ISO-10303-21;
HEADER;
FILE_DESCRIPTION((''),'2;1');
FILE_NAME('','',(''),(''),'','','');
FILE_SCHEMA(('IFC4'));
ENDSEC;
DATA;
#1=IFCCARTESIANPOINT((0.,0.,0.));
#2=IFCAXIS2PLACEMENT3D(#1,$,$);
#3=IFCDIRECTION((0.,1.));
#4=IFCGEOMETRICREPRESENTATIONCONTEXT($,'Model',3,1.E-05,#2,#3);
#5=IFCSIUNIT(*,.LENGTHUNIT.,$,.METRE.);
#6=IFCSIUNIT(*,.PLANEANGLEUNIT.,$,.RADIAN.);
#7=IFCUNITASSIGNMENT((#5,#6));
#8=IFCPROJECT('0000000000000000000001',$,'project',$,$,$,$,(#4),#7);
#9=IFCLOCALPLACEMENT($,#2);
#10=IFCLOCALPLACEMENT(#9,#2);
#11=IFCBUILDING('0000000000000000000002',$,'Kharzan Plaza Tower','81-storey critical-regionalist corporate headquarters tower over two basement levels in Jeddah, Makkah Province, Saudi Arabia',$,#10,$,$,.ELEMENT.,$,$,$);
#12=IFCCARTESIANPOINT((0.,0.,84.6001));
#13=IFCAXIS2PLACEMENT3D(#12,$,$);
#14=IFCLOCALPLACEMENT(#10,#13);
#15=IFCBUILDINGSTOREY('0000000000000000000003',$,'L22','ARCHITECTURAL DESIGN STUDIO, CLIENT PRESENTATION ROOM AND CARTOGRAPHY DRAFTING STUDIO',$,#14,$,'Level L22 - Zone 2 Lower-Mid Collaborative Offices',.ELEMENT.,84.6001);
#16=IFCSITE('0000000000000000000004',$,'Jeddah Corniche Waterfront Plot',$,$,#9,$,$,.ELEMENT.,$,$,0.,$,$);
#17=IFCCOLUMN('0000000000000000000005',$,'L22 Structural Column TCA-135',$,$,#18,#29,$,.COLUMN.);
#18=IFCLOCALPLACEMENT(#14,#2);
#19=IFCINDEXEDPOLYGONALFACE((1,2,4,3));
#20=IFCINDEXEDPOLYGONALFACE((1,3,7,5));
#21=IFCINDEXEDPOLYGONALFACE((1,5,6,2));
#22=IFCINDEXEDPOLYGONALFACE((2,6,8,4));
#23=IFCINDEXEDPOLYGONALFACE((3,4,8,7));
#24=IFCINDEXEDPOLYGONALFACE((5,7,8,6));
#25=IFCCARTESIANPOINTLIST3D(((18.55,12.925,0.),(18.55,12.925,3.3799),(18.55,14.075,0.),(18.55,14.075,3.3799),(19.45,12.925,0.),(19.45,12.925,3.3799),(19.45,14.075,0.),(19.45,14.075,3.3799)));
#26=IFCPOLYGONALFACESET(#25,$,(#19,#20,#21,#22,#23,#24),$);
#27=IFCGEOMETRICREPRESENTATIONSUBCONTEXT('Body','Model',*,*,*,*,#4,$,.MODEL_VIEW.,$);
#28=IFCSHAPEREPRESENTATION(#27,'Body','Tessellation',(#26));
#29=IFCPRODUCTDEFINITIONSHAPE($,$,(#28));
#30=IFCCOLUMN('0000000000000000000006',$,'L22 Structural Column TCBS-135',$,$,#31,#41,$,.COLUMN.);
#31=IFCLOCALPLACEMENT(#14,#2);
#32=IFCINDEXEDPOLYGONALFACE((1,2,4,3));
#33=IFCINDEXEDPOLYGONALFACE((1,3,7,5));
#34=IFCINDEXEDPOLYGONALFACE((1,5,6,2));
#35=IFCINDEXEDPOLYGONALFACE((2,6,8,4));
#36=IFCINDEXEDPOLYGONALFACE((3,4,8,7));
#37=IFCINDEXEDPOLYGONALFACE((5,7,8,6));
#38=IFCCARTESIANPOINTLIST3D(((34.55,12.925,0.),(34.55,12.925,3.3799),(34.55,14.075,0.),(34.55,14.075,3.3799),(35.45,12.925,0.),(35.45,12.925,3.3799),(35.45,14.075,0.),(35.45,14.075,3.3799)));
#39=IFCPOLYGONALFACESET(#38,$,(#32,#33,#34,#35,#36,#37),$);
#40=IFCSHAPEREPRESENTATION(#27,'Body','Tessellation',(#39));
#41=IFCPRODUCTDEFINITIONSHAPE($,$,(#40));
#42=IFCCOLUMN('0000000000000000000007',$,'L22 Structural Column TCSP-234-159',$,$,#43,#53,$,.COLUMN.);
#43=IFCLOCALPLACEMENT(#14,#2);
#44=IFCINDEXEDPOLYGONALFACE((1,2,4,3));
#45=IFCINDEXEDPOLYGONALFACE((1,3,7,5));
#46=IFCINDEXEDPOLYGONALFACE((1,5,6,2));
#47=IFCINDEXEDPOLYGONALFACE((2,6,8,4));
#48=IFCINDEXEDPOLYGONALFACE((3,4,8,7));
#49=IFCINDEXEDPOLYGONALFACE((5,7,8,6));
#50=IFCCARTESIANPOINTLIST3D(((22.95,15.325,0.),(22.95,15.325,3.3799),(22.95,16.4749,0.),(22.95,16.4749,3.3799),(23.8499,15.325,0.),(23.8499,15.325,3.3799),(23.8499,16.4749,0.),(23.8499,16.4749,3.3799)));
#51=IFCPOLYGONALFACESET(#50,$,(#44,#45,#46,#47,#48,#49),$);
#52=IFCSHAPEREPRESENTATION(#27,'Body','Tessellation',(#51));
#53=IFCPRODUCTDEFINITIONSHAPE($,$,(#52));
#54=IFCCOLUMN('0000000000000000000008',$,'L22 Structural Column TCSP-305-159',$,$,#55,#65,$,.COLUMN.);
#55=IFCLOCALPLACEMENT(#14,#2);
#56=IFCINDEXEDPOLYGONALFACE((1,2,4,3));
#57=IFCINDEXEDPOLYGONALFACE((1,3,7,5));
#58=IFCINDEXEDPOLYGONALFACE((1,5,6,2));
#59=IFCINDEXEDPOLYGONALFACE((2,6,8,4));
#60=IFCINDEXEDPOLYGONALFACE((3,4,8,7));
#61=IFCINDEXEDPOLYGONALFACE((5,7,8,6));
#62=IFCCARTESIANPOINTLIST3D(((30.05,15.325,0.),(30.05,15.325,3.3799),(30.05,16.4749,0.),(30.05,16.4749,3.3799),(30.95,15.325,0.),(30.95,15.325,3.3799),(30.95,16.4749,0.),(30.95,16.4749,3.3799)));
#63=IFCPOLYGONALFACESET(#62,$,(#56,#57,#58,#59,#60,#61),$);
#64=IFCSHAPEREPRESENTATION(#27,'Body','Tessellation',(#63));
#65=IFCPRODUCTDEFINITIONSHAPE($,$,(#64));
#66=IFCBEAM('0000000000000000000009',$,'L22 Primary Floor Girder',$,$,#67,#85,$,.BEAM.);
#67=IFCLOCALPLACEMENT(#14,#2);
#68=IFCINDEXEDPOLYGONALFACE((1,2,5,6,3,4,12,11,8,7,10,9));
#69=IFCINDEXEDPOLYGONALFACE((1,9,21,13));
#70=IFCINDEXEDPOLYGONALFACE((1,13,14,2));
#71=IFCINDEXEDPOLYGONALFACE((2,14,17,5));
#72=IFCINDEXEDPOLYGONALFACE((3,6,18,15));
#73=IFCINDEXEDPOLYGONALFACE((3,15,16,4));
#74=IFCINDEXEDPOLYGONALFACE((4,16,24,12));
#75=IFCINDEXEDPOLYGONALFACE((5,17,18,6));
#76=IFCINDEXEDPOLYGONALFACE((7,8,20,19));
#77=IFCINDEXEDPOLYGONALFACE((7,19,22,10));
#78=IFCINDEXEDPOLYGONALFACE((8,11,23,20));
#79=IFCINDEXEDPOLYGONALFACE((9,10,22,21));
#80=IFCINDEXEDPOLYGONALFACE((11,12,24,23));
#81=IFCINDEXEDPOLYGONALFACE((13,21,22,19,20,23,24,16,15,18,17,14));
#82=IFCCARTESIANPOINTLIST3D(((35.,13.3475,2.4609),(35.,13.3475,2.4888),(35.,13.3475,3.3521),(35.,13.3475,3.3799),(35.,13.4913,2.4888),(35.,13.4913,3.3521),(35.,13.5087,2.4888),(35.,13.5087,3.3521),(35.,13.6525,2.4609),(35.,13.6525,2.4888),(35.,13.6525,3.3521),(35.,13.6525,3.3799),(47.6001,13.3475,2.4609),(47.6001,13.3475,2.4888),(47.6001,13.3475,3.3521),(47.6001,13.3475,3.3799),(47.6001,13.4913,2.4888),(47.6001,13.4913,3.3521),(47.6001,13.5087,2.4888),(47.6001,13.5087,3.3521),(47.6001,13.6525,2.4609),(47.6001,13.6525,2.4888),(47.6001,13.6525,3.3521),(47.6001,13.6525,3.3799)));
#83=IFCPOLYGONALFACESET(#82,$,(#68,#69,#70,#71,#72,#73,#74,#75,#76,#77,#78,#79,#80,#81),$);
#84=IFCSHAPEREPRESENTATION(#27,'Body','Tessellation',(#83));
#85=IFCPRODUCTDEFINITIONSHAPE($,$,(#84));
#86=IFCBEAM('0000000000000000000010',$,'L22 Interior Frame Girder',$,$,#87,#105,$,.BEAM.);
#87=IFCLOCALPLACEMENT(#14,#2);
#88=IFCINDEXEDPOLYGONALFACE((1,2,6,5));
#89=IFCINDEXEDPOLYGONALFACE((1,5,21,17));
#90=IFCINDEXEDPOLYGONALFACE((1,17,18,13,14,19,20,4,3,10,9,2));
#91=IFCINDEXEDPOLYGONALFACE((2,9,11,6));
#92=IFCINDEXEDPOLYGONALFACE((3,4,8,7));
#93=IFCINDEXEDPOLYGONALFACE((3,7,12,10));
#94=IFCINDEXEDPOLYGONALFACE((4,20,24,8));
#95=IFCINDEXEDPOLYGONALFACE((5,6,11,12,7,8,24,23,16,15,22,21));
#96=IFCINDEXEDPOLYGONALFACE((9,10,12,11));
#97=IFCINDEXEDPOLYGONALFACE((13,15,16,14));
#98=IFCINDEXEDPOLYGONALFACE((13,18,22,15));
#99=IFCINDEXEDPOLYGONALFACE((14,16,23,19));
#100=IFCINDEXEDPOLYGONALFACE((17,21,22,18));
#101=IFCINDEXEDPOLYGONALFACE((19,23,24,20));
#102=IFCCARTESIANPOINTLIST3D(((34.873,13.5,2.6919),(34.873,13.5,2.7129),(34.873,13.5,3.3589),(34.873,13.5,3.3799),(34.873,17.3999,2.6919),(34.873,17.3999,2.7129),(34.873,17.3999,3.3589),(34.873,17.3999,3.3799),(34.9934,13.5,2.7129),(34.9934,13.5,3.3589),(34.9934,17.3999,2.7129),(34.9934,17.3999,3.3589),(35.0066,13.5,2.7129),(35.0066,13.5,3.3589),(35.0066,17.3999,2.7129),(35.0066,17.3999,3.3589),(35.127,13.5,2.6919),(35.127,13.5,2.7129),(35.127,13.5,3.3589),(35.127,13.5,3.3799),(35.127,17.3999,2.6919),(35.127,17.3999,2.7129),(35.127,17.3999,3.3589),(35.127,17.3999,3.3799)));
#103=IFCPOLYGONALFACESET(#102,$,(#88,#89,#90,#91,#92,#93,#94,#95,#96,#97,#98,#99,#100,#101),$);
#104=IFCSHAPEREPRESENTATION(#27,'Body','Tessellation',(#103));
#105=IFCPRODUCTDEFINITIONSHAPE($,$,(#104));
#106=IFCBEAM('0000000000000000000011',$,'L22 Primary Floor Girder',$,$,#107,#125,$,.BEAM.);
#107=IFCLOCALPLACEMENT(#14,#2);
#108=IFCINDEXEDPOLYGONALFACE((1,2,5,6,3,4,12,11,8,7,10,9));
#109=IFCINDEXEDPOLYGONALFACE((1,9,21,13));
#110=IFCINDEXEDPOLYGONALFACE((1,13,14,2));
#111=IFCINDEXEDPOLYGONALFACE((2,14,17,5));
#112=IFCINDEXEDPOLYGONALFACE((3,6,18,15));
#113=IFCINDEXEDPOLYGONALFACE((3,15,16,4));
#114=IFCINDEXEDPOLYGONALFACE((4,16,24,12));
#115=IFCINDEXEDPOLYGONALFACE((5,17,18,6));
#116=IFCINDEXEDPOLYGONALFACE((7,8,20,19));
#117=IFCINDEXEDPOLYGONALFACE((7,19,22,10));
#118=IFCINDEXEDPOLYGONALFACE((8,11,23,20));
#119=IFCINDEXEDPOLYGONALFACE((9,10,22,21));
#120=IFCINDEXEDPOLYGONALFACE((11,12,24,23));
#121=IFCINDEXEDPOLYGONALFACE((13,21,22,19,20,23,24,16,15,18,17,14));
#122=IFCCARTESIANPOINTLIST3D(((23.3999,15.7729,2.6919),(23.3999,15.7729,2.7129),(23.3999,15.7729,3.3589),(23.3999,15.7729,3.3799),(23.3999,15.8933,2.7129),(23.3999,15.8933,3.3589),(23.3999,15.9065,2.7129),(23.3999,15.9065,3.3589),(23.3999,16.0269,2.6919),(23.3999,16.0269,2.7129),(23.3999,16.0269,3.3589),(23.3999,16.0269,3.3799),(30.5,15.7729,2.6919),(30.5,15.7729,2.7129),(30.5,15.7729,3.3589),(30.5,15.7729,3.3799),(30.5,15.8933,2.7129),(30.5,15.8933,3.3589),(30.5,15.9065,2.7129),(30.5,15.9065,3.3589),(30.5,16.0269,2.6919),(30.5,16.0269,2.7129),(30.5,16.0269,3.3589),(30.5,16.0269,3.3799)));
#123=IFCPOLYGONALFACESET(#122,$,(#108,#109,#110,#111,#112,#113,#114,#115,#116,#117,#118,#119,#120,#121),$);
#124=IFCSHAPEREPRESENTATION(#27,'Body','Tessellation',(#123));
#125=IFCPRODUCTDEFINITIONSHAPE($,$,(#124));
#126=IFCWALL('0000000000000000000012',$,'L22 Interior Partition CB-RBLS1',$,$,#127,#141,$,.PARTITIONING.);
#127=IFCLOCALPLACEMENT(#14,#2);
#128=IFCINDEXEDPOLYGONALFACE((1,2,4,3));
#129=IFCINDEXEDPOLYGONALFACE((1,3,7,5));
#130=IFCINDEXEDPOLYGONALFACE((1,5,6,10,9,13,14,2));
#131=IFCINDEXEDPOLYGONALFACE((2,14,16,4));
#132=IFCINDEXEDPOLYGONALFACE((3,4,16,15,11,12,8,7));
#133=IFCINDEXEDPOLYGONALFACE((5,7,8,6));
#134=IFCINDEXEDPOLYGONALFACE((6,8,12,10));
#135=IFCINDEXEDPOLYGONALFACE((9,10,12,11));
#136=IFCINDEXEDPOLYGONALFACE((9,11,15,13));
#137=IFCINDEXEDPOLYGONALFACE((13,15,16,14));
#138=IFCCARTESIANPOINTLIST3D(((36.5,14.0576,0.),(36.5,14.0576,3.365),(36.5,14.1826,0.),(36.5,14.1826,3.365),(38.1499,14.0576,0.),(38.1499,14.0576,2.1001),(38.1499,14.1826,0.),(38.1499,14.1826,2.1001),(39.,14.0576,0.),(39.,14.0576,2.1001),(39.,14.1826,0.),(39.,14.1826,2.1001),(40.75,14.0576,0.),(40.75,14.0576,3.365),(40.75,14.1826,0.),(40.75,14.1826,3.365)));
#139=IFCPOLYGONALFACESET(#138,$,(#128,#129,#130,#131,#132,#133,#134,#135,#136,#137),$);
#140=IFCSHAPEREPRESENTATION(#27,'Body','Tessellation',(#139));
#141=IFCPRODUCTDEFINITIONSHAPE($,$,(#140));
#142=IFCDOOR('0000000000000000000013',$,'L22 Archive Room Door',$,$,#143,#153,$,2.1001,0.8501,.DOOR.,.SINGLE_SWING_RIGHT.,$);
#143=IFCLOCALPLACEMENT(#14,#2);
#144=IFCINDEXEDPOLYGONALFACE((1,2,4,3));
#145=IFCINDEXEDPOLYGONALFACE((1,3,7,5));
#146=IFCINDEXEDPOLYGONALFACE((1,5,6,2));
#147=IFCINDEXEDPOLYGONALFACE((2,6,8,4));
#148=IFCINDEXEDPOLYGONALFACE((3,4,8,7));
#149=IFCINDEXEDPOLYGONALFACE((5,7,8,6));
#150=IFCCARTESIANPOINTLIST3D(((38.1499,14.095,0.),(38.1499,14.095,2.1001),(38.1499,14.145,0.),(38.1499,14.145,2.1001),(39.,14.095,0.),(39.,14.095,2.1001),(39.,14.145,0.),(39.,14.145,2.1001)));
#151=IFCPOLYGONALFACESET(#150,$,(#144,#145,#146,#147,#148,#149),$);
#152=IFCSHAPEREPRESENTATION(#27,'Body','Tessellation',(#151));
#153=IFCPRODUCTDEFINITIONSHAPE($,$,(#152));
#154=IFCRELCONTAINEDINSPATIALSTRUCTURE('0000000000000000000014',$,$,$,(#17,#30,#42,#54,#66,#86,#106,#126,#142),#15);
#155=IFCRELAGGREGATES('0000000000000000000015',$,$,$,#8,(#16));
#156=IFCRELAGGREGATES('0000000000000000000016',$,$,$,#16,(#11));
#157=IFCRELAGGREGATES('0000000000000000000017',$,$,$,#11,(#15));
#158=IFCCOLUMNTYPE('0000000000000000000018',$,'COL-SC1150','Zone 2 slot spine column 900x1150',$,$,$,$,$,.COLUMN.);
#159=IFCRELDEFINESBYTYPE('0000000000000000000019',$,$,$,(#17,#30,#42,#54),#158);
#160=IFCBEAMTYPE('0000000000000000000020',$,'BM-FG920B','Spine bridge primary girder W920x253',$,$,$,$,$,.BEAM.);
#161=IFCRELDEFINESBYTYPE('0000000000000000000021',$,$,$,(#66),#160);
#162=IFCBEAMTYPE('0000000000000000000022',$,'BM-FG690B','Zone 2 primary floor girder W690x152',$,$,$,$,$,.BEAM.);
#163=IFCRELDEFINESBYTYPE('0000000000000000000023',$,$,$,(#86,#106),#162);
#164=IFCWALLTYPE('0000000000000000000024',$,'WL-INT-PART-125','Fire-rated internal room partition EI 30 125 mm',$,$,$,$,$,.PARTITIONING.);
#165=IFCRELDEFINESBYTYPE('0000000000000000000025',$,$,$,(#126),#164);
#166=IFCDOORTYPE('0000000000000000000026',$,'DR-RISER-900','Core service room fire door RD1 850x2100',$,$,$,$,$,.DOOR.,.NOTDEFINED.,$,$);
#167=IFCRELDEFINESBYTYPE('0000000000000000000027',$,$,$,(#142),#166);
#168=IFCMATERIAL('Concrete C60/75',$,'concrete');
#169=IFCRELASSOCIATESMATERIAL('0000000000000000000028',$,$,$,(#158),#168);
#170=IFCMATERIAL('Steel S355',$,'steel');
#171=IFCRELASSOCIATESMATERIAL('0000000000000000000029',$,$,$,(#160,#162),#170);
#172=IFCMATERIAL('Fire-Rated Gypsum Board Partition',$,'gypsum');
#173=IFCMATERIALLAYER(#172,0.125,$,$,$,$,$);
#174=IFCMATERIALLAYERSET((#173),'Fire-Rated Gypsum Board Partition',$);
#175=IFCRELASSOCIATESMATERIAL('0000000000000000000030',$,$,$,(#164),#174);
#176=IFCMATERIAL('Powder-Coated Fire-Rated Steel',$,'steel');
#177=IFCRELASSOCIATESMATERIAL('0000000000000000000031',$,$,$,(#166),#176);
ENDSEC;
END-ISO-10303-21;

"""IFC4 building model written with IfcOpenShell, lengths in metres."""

from ifc_helpers import new_model, si_unit, direction, frame, frame_2d, origin, origin_2d, place, context, subcontext, project, spatial, rectangle, i_section, extrude, source, transform, mapped, material, layer, layer_set, material_profile, profile_set, type_object, element, fill, save


model = new_model("IFC4")

# Units and contexts
model_context = context("Model", 3, precision=1e-05, world=origin(), true_north=direction((0.0, 1.0)))
body_context = subcontext(model_context, "Body", "Model", "MODEL_VIEW")
ifc_project = project(units=[si_unit("LENGTHUNIT", "METRE"), si_unit("PLANEANGLEUNIT", "RADIAN")], contexts=[model_context])

# Site, building, storey
site_placement = place(None, origin())
site = spatial("IfcSite", under=ifc_project, at=site_placement, Name="Jeddah Corniche Waterfront Plot", CompositionType="ELEMENT", RefElevation=0.0)
building_placement = place(site_placement, origin())
building = spatial("IfcBuilding", under=site, at=building_placement, Name="Kharzan Plaza Tower", Description="81-storey critical-regionalist corporate headquarters tower over two basement levels in Jeddah, Makkah Province, Saudi Arabia", CompositionType="ELEMENT")
storey_placement = place(building_placement, frame((0.0, 0.0, 84.6001)))
storey = spatial("IfcBuildingStorey", under=building, at=storey_placement, Name="L22", Description="ARCHITECTURAL DESIGN STUDIO, CLIENT PRESENTATION ROOM AND CARTOGRAPHY DRAFTING STUDIO", LongName="Level L22 - Zone 2 Lower-Mid Collaborative Offices", CompositionType="ELEMENT", Elevation=84.6001)

# Columns
ifc_material_1 = material(Name="Concrete C60/75", Category="concrete")
ifc_material_profile_1 = material_profile(ifc_material_1, rectangle(XDim=0.8999, YDim=1.1499, at=origin_2d()), Name="RC-SC1150x900")
ifc_profile_set_1 = profile_set([ifc_material_profile_1], Name="Concrete C60/75")
column_type = type_object("IfcColumnType", Name="COL-SC1150", Description="Zone 2 slot spine column 900x1150", PredefinedType="COLUMN", material=ifc_profile_set_1)
shared_shape_1 = source(origin(), body_context, "Body", "SweptSolid", [
    extrude(rectangle(XDim=0.8999, YDim=1.1499, at=origin_2d()), origin(), (0.0, 0.0, 1.0), 3.3799),
])
for number, where, z_axis, x_axis, name in (
    (1, (19.0, 13.5, 0.0), (0.0, 0.0, 1.0), (1.0, 0.0, 0.0), "L22 Structural Column TCA-135"),
    (2, (35.0, 13.5, 0.0), (0.0, 0.0, 1.0), (1.0, 0.0, 0.0), "L22 Structural Column TCBS-135"),
    (3, (23.3999, 15.8999, 0.0), (0.0, 0.0, 1.0), (1.0, 0.0, 0.0), "L22 Structural Column TCSP-234-159"),
    (4, (30.5, 15.8999, 0.0), (0.0, 0.0, 1.0), (1.0, 0.0, 0.0), "L22 Structural Column TCSP-305-159"),
):
    element("IfcColumn", number, at=place(storey_placement, frame(where, z_axis=z_axis, x_axis=x_axis)), inside=storey, type_object=column_type, Name=name, PredefinedType="COLUMN", context=body_context, shape_type="MappedRepresentation", body=[
        mapped(shared_shape_1, transform((0.0, 0.0, 0.0), x_axis=(1.0, 0.0, 0.0), y_axis=(0.0, 1.0, 0.0), z_axis=(0.0, 0.0, 1.0))),
    ])

# Beams
ifc_material_2 = material(Name="Steel S355", Category="steel")
ifc_material_profile_2 = material_profile(ifc_material_2, i_section(OverallWidth=0.3049, OverallDepth=0.9189, WebThickness=0.0173, FlangeThickness=0.0278, at=origin_2d()), Name="W920x253")
ifc_profile_set_2 = profile_set([ifc_material_profile_2], Name="Steel S355")
beam_type_1 = type_object("IfcBeamType", Name="BM-FG920B", Description="Spine bridge primary girder W920x253", PredefinedType="BEAM", material=ifc_profile_set_2)
shared_shape_2 = source(origin(), body_context, "Body", "SweptSolid", [
    extrude(i_section(OverallWidth=0.3049, OverallDepth=0.9189, WebThickness=0.0173, FlangeThickness=0.0278, at=origin_2d()), origin(), (0.0, 0.0, 1.0), 12.6001),
])
beam_1_placement = place(storey_placement, frame((35.0, 13.5, 2.9204), z_axis=(1.0, 0.0, 0.0), x_axis=(0.0, 1.0, 0.0)))
element("IfcBeam", 5, at=beam_1_placement, inside=storey, type_object=beam_type_1, Name="L22 Primary Floor Girder", PredefinedType="BEAM", context=body_context, shape_type="MappedRepresentation", body=[
    mapped(shared_shape_2, transform((0.0, 0.0, 0.0), x_axis=(1.0, 0.0, 0.0), y_axis=(0.0, 1.0, 0.0), z_axis=(0.0, 0.0, 1.0))),
])
ifc_material_profile_3 = material_profile(ifc_material_2, i_section(OverallWidth=0.2539, OverallDepth=0.688, WebThickness=0.0132, FlangeThickness=0.021, at=origin_2d()), Name="W690x152")
ifc_profile_set_3 = profile_set([ifc_material_profile_3], Name="Steel S355")
beam_type_2 = type_object("IfcBeamType", Name="BM-FG690B", Description="Zone 2 primary floor girder W690x152", PredefinedType="BEAM", material=ifc_profile_set_3)
shared_shape_3 = source(origin(), body_context, "Body", "SweptSolid", [
    extrude(i_section(OverallWidth=0.2539, OverallDepth=0.688, WebThickness=0.0132, FlangeThickness=0.021, at=origin_2d()), origin(), (0.0, 0.0, 1.0), 3.8999),
])
beam_2_placement = place(storey_placement, frame((35.0, 13.5, 3.0359), z_axis=(0.0, 1.0, 0.0), x_axis=(-1.0, 0.0, 0.0)))
element("IfcBeam", 6, at=beam_2_placement, inside=storey, type_object=beam_type_2, Name="L22 Interior Frame Girder", PredefinedType="BEAM", context=body_context, shape_type="MappedRepresentation", body=[
    mapped(shared_shape_3, transform((0.0, 0.0, 0.0), x_axis=(1.0, 0.0, 0.0), y_axis=(0.0, 1.0, 0.0), z_axis=(0.0, 0.0, 1.0))),
])
shared_shape_4 = source(origin(), body_context, "Body", "SweptSolid", [
    extrude(i_section(OverallWidth=0.2539, OverallDepth=0.688, WebThickness=0.0132, FlangeThickness=0.021, at=origin_2d()), origin(), (0.0, 0.0, 1.0), 7.1001),
])
beam_3_placement = place(storey_placement, frame((23.3999, 15.8999, 3.0359), z_axis=(1.0, 0.0, 0.0), x_axis=(0.0, 1.0, 0.0)))
element("IfcBeam", 7, at=beam_3_placement, inside=storey, type_object=beam_type_2, Name="L22 Primary Floor Girder", PredefinedType="BEAM", context=body_context, shape_type="MappedRepresentation", body=[
    mapped(shared_shape_4, transform((0.0, 0.0, 0.0), x_axis=(1.0, 0.0, 0.0), y_axis=(0.0, 1.0, 0.0), z_axis=(0.0, 0.0, 1.0))),
])

# Wall, opening, door
ifc_material_3 = material(Name="Fire-Rated Gypsum Board Partition", Category="gypsum")
ifc_layer_1 = layer(ifc_material_3, 0.125)
ifc_layer_set_1 = layer_set([ifc_layer_1], Name="Fire-Rated Gypsum Board Partition")
wall_type_1 = type_object("IfcWallType", Name="WL-INT-PART-125", Description="Fire-rated internal room partition EI 30 125 mm", PredefinedType="PARTITIONING", material=ifc_layer_set_1)
wall_1_placement = place(storey_placement, frame((36.5, 14.1201, 0.0), z_axis=(0.0, 0.0, 1.0), x_axis=(1.0, 0.0, 0.0)))
wall_1 = element("IfcWall", 8, at=wall_1_placement, inside=storey, type_object=wall_type_1, Name="L22 Interior Partition CB-RBLS1", PredefinedType="PARTITIONING", context=body_context, shape_type="SweptSolid", body=[
    extrude(rectangle(XDim=4.25, YDim=0.125, at=frame_2d((2.125, 0.0))), origin(), (0.0, 0.0, 1.0), 3.365),
])
opening_1_placement = place(wall_1_placement, frame((1.6499, 0.0, 0.0)))
opening_1 = element("IfcOpeningElement", 9, at=opening_1_placement, cuts=wall_1, PredefinedType="OPENING", context=body_context, shape_type="SweptSolid", body=[
    extrude(rectangle(XDim=0.8501, YDim=2.1001, at=frame_2d((0.425, 1.05))), frame((0.0, 0.0725, 0.0), z_axis=(0.0, -1.0, 0.0), x_axis=(1.0, 0.0, 0.0)), (0.0, 0.0, 1.0), 0.145),
])
ifc_material_4 = material(Name="Powder-Coated Fire-Rated Steel", Category="steel")
door_type_1 = type_object("IfcDoorType", Name="DR-RISER-900", Description="Core service room fire door RD1 850x2100", OperationType="NOTDEFINED", PredefinedType="DOOR", material=ifc_material_4)
shared_shape_5 = source(origin(), body_context, "Body", "SweptSolid", [
    extrude(rectangle(XDim=0.8501, YDim=2.1001, at=frame_2d((0.425, 1.05))), frame((0.0, 0.0249, 0.0), z_axis=(0.0, -1.0, 0.0), x_axis=(1.0, 0.0, 0.0)), (0.0, 0.0, 1.0), 0.05),
])
door_1_placement = place(opening_1_placement, origin())
door_1 = element("IfcDoor", 10, at=door_1_placement, inside=storey, type_object=door_type_1, Name="L22 Archive Room Door", OperationType="SINGLE_SWING_RIGHT", OverallHeight=2.1001, OverallWidth=0.8501, PredefinedType="DOOR", context=body_context, shape_type="MappedRepresentation", body=[
    mapped(shared_shape_5, transform((0.0, 0.0, 0.0), x_axis=(1.0, 0.0, 0.0), y_axis=(0.0, 1.0, 0.0), z_axis=(0.0, 0.0, 1.0))),
])
fill(opening_1, door_1)

save(model, "model.ifc")
